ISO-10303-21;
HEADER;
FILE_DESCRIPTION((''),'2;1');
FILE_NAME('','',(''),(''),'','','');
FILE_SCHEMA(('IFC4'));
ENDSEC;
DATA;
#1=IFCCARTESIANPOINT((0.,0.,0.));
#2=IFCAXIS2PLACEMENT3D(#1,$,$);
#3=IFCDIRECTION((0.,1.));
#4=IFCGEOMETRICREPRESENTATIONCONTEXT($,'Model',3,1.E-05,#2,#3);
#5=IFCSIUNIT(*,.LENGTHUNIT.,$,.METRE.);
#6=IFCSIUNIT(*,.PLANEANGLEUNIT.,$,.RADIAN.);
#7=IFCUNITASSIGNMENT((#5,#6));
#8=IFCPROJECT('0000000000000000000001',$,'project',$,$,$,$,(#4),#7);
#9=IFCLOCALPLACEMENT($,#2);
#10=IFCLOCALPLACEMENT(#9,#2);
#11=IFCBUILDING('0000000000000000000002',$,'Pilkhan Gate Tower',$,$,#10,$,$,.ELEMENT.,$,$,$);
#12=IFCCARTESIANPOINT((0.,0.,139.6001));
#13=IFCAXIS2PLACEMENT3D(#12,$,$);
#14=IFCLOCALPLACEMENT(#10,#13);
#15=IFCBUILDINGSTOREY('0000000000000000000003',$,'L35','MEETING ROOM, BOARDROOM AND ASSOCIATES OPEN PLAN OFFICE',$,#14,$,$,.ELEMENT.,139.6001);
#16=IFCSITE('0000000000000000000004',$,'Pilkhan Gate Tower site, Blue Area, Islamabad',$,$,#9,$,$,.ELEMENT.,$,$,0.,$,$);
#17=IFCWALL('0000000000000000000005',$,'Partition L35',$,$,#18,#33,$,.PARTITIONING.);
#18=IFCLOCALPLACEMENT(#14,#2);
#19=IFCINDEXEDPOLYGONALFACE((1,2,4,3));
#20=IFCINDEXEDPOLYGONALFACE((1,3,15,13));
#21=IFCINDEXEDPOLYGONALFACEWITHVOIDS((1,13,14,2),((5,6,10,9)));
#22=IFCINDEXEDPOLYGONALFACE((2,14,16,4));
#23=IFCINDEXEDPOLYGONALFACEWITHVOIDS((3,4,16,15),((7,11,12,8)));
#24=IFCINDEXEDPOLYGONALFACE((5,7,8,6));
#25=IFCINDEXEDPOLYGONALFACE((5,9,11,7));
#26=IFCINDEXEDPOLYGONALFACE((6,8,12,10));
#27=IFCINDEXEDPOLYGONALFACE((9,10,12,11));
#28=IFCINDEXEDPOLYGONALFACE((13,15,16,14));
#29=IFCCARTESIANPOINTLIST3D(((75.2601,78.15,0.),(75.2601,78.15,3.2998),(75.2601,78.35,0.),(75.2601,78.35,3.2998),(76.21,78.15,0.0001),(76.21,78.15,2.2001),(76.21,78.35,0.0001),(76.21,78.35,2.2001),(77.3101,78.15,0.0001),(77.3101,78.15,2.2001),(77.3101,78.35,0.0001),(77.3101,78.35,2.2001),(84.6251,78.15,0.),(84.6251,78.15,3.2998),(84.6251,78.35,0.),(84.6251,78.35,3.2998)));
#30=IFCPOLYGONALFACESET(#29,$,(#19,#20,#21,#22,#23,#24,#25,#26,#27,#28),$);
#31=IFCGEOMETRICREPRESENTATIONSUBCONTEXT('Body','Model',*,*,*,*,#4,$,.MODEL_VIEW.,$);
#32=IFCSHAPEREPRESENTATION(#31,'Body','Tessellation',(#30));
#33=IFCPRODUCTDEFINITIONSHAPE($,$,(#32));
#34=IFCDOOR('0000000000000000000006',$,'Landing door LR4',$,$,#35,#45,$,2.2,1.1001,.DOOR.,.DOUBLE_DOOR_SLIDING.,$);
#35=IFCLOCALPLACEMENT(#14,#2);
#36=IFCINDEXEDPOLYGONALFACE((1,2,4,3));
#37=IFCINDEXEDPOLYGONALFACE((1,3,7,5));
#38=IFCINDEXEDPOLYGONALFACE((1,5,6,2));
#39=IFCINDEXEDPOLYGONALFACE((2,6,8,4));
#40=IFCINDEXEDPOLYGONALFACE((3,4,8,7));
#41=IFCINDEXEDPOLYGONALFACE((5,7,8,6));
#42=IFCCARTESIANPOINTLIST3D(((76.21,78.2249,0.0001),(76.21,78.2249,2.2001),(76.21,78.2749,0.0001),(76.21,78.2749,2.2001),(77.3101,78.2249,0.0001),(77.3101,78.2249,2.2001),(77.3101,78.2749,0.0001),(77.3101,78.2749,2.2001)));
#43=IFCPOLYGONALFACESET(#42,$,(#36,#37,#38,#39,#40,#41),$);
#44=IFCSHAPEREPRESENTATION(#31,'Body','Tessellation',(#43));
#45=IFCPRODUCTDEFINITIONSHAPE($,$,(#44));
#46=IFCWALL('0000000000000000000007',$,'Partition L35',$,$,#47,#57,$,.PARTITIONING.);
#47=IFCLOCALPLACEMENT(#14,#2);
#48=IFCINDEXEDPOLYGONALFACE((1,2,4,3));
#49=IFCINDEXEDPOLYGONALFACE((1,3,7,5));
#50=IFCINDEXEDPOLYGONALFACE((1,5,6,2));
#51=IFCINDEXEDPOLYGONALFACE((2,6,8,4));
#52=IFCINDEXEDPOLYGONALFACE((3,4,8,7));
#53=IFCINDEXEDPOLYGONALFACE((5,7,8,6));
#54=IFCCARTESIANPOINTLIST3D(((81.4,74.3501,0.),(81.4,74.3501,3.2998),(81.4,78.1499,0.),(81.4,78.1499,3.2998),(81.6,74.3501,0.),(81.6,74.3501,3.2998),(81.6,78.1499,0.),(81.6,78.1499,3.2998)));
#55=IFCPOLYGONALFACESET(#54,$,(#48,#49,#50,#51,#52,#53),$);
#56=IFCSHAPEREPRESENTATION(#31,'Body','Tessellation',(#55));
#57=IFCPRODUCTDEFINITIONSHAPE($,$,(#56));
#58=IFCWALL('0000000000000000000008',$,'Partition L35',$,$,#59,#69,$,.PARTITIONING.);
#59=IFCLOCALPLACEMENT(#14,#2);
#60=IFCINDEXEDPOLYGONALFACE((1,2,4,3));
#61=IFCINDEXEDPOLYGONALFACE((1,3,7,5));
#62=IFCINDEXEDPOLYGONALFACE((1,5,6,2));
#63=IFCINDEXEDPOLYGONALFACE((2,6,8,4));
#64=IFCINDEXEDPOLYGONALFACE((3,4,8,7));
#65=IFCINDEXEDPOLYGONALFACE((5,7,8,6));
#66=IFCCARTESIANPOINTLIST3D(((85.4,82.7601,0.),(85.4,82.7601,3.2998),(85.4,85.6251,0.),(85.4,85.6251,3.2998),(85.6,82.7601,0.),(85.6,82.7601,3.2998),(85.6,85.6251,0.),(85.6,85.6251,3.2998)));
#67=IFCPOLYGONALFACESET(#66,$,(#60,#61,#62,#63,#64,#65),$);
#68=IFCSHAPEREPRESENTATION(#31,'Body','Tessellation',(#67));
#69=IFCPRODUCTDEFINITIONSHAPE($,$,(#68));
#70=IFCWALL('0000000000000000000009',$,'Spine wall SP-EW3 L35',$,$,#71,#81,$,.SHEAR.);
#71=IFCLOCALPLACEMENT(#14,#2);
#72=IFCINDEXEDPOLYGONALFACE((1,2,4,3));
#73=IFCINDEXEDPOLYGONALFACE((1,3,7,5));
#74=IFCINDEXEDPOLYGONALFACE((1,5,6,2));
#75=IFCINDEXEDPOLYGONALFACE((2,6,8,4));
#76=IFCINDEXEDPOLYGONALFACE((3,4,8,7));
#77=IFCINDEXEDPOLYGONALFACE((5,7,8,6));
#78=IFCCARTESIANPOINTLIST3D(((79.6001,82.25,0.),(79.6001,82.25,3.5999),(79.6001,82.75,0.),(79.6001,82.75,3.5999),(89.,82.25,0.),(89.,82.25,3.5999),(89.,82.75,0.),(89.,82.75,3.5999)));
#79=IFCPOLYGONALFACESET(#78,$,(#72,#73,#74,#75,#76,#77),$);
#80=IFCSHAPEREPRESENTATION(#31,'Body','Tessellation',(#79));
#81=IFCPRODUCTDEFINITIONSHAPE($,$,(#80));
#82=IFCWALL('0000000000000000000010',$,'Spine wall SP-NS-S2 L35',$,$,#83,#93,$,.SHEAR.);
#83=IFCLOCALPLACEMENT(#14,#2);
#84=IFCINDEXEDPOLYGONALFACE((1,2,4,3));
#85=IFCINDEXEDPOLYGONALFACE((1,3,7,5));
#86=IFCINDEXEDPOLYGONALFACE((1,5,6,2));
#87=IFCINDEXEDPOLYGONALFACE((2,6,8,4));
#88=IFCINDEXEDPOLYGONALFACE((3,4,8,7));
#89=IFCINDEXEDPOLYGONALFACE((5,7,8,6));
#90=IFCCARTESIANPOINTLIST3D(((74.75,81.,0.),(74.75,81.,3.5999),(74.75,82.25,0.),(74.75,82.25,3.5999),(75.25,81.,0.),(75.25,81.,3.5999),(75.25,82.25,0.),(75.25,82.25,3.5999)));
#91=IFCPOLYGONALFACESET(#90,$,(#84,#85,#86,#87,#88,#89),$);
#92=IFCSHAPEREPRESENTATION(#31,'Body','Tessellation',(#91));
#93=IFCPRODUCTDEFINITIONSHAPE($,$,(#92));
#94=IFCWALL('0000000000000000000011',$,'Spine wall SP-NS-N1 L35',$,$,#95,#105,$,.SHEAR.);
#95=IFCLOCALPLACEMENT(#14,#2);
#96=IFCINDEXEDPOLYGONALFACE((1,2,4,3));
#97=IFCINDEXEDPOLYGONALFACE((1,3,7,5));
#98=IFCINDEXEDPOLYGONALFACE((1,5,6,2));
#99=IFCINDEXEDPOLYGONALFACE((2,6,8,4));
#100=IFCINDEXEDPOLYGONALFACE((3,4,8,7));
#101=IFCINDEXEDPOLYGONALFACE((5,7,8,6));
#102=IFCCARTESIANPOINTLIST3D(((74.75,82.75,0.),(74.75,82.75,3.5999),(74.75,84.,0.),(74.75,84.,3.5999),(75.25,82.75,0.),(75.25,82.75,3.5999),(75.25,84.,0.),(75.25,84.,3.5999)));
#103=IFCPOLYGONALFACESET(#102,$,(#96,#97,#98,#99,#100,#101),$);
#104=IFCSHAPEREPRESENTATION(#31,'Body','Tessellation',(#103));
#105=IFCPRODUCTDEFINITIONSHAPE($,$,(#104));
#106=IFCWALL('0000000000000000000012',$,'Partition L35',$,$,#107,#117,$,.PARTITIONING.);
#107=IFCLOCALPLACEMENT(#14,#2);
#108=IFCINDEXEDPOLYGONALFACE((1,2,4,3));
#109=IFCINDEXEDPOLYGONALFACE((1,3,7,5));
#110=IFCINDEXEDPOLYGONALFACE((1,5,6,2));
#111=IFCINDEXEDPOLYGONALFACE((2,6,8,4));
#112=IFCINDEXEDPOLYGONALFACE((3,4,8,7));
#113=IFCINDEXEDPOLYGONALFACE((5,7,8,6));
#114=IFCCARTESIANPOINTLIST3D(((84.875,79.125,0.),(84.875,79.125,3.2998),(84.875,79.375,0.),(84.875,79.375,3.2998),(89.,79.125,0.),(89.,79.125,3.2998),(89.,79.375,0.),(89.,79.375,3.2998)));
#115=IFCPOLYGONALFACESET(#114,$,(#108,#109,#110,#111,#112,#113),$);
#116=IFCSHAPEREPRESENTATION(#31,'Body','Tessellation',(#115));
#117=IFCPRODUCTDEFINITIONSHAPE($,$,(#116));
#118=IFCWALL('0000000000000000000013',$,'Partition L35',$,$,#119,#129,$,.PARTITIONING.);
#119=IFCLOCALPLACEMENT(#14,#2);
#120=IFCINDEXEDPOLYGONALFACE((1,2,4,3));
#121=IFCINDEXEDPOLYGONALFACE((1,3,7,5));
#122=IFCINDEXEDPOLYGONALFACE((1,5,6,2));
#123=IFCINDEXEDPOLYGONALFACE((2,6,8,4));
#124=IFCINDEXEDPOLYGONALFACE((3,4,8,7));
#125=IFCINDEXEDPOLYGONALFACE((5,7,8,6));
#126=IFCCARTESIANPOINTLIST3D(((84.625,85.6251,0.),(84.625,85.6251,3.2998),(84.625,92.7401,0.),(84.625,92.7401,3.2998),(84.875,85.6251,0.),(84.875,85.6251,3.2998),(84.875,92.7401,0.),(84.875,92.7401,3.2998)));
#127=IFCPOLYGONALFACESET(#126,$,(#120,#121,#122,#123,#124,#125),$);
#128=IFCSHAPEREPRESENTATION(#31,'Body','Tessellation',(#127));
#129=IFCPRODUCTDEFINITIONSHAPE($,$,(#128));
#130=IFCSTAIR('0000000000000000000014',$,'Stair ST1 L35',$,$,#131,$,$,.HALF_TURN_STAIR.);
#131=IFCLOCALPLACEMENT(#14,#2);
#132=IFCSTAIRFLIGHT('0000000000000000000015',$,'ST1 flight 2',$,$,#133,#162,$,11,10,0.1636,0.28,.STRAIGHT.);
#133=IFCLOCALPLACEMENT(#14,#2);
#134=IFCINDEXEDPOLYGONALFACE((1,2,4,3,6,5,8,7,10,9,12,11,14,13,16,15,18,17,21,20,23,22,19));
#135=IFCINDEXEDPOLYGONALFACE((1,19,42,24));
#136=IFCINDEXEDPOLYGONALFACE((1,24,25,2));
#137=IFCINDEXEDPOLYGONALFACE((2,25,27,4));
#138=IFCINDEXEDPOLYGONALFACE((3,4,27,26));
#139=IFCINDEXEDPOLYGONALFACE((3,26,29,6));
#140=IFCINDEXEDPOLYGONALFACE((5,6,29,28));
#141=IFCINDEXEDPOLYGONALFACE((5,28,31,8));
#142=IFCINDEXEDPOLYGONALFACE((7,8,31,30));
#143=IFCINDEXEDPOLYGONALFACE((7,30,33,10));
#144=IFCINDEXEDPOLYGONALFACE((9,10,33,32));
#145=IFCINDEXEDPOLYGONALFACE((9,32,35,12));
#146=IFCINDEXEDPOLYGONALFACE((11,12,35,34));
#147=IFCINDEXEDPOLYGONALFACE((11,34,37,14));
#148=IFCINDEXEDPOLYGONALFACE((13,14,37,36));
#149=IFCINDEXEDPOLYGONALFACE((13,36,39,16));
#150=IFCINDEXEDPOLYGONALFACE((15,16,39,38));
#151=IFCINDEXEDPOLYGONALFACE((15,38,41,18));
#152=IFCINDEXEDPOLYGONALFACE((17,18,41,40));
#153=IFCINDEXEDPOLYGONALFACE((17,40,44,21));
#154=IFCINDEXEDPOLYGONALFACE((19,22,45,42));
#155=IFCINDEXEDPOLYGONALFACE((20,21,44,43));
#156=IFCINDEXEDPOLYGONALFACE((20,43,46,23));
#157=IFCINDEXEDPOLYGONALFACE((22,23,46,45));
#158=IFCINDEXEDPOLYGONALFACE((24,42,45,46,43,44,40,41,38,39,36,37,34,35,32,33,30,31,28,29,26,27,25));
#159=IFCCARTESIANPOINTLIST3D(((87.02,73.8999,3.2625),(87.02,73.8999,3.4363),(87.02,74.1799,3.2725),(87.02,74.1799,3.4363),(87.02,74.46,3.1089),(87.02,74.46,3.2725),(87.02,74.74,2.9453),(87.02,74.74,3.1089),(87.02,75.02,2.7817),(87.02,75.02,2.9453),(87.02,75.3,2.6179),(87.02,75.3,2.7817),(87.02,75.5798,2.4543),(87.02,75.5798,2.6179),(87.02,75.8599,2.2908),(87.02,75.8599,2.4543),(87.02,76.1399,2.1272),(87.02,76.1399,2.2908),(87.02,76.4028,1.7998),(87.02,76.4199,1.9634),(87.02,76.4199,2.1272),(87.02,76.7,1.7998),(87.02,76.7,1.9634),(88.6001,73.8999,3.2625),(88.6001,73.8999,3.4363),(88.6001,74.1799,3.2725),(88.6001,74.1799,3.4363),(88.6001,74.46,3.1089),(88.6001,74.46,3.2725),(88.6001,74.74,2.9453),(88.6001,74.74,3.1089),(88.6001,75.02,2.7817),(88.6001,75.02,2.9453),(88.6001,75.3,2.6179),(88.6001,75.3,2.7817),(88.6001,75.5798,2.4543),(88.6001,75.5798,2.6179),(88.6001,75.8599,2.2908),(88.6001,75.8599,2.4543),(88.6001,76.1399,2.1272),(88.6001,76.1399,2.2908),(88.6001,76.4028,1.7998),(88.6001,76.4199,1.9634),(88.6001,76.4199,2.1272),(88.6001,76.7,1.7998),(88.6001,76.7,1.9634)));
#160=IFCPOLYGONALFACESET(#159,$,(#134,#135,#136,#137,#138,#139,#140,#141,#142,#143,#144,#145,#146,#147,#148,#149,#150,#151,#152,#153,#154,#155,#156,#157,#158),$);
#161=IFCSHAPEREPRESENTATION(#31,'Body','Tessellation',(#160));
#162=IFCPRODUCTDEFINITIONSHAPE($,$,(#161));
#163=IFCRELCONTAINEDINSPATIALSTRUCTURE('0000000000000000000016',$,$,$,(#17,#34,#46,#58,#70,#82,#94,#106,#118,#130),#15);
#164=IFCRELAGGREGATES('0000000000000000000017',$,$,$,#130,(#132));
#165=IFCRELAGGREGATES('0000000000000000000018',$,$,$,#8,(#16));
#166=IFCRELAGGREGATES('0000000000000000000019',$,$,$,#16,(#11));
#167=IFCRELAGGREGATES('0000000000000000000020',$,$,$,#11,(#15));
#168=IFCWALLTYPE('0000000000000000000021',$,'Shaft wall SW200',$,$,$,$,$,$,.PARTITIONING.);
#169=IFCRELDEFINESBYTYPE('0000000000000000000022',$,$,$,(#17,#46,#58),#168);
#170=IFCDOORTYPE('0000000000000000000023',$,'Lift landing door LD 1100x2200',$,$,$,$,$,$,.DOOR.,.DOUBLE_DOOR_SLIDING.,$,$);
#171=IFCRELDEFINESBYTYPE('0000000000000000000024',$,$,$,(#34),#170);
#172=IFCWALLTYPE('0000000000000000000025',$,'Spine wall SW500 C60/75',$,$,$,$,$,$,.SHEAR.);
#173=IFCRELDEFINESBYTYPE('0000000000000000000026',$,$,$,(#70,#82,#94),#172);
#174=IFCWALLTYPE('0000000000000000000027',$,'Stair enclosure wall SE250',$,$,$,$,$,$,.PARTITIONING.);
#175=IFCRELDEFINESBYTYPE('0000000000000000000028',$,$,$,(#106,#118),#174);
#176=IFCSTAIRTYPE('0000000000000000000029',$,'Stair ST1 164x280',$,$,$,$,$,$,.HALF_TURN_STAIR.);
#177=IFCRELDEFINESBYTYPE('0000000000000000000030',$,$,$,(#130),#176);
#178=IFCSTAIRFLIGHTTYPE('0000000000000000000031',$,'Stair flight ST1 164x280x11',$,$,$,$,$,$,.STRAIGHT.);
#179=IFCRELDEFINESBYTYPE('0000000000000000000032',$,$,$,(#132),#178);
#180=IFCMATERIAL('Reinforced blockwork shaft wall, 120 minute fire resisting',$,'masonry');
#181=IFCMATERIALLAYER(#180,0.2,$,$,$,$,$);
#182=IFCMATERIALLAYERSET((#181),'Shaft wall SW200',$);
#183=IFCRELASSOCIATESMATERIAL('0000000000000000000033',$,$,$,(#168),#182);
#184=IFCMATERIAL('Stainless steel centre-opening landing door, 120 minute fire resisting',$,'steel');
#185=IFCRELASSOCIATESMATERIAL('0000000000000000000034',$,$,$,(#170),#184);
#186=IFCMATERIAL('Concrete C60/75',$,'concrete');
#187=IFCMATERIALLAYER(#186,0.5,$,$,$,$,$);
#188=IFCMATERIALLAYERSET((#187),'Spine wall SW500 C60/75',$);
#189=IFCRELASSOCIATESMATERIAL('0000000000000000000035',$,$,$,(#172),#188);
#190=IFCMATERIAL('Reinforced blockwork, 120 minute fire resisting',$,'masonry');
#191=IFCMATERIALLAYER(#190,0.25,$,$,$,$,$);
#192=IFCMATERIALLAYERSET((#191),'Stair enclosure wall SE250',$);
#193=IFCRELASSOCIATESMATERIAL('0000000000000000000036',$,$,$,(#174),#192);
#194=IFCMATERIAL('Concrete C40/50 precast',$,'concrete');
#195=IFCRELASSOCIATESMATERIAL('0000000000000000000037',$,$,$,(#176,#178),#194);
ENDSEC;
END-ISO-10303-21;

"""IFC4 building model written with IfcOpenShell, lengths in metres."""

from ifc_helpers import new_model, si_unit, direction, frame, frame_2d, origin, place, context, subcontext, project, spatial, polyline, rectangle, outline, extrude, material, layer, layer_set, type_object, element, fill, aggregate, save


model = new_model("IFC4")

# Units and contexts
model_context = context("Model", 3, precision=1e-05, world=origin(), true_north=direction((0.0, 1.0)))
body_context = subcontext(model_context, "Body", "Model", "MODEL_VIEW")
ifc_project = project(units=[si_unit("LENGTHUNIT", "METRE"), si_unit("PLANEANGLEUNIT", "RADIAN")], contexts=[model_context])

# Site, building, storey
site_placement = place(None, origin())
site = spatial("IfcSite", under=ifc_project, at=site_placement, Name="Pilkhan Gate Tower site, Blue Area, Islamabad", CompositionType="ELEMENT", RefElevation=0.0)
building_placement = place(site_placement, origin())
building = spatial("IfcBuilding", under=site, at=building_placement, Name="Pilkhan Gate Tower", CompositionType="ELEMENT")
storey_placement = place(building_placement, frame((0.0, 0.0, 139.6001)))
storey = spatial("IfcBuildingStorey", under=building, at=storey_placement, Name="L35", Description="MEETING ROOM, BOARDROOM AND ASSOCIATES OPEN PLAN OFFICE", CompositionType="ELEMENT", Elevation=139.6001)

# Shared definitions
ifc_material_1 = material(Name="Concrete C60/75", Category="concrete")

# Wall, opening, door
ifc_material_2 = material(Name="Reinforced blockwork shaft wall, 120 minute fire resisting", Category="masonry")
ifc_layer_1 = layer(ifc_material_2, 0.2)
ifc_layer_set_1 = layer_set([ifc_layer_1], Name="Shaft wall SW200")
wall_type_1 = type_object("IfcWallType", Name="Shaft wall SW200", PredefinedType="PARTITIONING", material=ifc_layer_set_1)
wall_1_placement = place(storey_placement, frame((75.26, 78.25, 0.0), z_axis=(0.0, 0.0, 1.0), x_axis=(1.0, 0.0, 0.0)))
wall_1 = element("IfcWall", 1, at=wall_1_placement, inside=storey, type_object=wall_type_1, Name="Partition L35", PredefinedType="PARTITIONING", context=body_context, shape_type="SweptSolid", body=[
    extrude(rectangle(XDim=9.365, YDim=0.2, at=frame_2d((4.6826, 0.0))), origin(), (0.0, 0.0, 1.0), 3.2998),
])
opening_1_placement = place(wall_1_placement, frame((0.95, 0.0, 0.0)))
opening_1 = element("IfcOpeningElement", 2, at=opening_1_placement, cuts=wall_1, PredefinedType="OPENING", context=body_context, shape_type="SweptSolid", body=[
    extrude(rectangle(XDim=1.1001, YDim=2.2, at=frame_2d((0.55, 1.1001))), frame((0.0, 0.1099, 0.0), z_axis=(0.0, -1.0, 0.0), x_axis=(1.0, 0.0, 0.0)), (0.0, 0.0, 1.0), 0.22),
])
ifc_material_3 = material(Name="Stainless steel centre-opening landing door, 120 minute fire resisting", Category="steel")
door_type_1 = type_object("IfcDoorType", Name="Lift landing door LD 1100x2200", OperationType="DOUBLE_DOOR_SLIDING", PredefinedType="DOOR", material=ifc_material_3)
door_1_placement = place(opening_1_placement, origin())
door_1 = element("IfcDoor", 3, at=door_1_placement, inside=storey, type_object=door_type_1, Name="Landing door LR4", OperationType="DOUBLE_DOOR_SLIDING", OverallHeight=2.2, OverallWidth=1.1001, PredefinedType="DOOR", context=body_context, shape_type="SweptSolid", body=[
    extrude(rectangle(XDim=1.1001, YDim=2.2, at=frame_2d((0.55, 1.1001))), frame((0.0, 0.0249, 0.0), z_axis=(0.0, -1.0, 0.0), x_axis=(1.0, 0.0, 0.0)), (0.0, 0.0, 1.0), 0.05),
])
fill(opening_1, door_1)

# Walls
wall_2_placement = place(storey_placement, frame((81.5, 74.3501, 0.0), z_axis=(0.0, 0.0, 1.0), x_axis=(0.0, 1.0, 0.0)))
element("IfcWall", 4, at=wall_2_placement, inside=storey, type_object=wall_type_1, Name="Partition L35", PredefinedType="PARTITIONING", context=body_context, shape_type="SweptSolid", body=[
    extrude(rectangle(XDim=3.7998, YDim=0.2, at=frame_2d((1.8999, 0.0))), origin(), (0.0, 0.0, 1.0), 3.2998),
])
wall_3_placement = place(storey_placement, frame((85.5, 82.76, 0.0), z_axis=(0.0, 0.0, 1.0), x_axis=(0.0, 1.0, 0.0)))
element("IfcWall", 5, at=wall_3_placement, inside=storey, type_object=wall_type_1, Name="Partition L35", PredefinedType="PARTITIONING", context=body_context, shape_type="SweptSolid", body=[
    extrude(rectangle(XDim=2.865, YDim=0.2, at=frame_2d((1.4326, 0.0))), origin(), (0.0, 0.0, 1.0), 3.2998),
])
ifc_layer_2 = layer(ifc_material_1, 0.5)
ifc_layer_set_2 = layer_set([ifc_layer_2], Name="Spine wall SW500 C60/75")
wall_type_2 = type_object("IfcWallType", Name="Spine wall SW500 C60/75", PredefinedType="SHEAR", material=ifc_layer_set_2)
wall_4_placement = place(storey_placement, frame((79.6001, 82.5, 0.0), z_axis=(0.0, 0.0, 1.0), x_axis=(1.0, 0.0, 0.0)))
element("IfcWall", 6, at=wall_4_placement, inside=storey, type_object=wall_type_2, Name="Spine wall SP-EW3 L35", PredefinedType="SHEAR", context=body_context, shape_type="SweptSolid", body=[
    extrude(rectangle(XDim=9.3999, YDim=0.5, at=frame_2d((4.7, 0.0))), origin(), (0.0, 0.0, 1.0), 3.5999),
])
for number, where, z_axis, x_axis, name in (
    (7, (75.0, 81.0, 0.0), (0.0, 0.0, 1.0), (0.0, 1.0, 0.0), "Spine wall SP-NS-S2 L35"),
    (8, (75.0, 82.75, 0.0), (0.0, 0.0, 1.0), (0.0, 1.0, 0.0), "Spine wall SP-NS-N1 L35"),
):
    element("IfcWall", number, at=place(storey_placement, frame(where, z_axis=z_axis, x_axis=x_axis)), inside=storey, type_object=wall_type_2, Name=name, PredefinedType="SHEAR", context=body_context, shape_type="SweptSolid", body=[
        extrude(rectangle(XDim=1.25, YDim=0.5, at=frame_2d((0.625, 0.0))), origin(), (0.0, 0.0, 1.0), 3.5999),
    ])
ifc_material_4 = material(Name="Reinforced blockwork, 120 minute fire resisting", Category="masonry")
ifc_layer_3 = layer(ifc_material_4, 0.25)
ifc_layer_set_3 = layer_set([ifc_layer_3], Name="Stair enclosure wall SE250")
wall_type_3 = type_object("IfcWallType", Name="Stair enclosure wall SE250", PredefinedType="PARTITIONING", material=ifc_layer_set_3)
wall_5_placement = place(storey_placement, frame((84.875, 79.25, 0.0), z_axis=(0.0, 0.0, 1.0), x_axis=(1.0, 0.0, 0.0)))
element("IfcWall", 9, at=wall_5_placement, inside=storey, type_object=wall_type_3, Name="Partition L35", PredefinedType="PARTITIONING", context=body_context, shape_type="SweptSolid", body=[
    extrude(rectangle(XDim=4.125, YDim=0.25, at=frame_2d((2.0625, 0.0))), origin(), (0.0, 0.0, 1.0), 3.2998),
])
wall_6_placement = place(storey_placement, frame((84.75, 85.625, 0.0), z_axis=(0.0, 0.0, 1.0), x_axis=(0.0, 1.0, 0.0)))
element("IfcWall", 10, at=wall_6_placement, inside=storey, type_object=wall_type_3, Name="Partition L35", PredefinedType="PARTITIONING", context=body_context, shape_type="SweptSolid", body=[
    extrude(rectangle(XDim=7.115, YDim=0.25, at=frame_2d((3.5576, 0.0))), origin(), (0.0, 0.0, 1.0), 3.2998),
])

# Stair, stair flight
ifc_material_5 = material(Name="Concrete C40/50 precast", Category="concrete")
stair_type = type_object("IfcStairType", Name="Stair ST1 164x280", PredefinedType="HALF_TURN_STAIR", material=ifc_material_5)
stair_placement = place(storey_placement, origin())
stair = element("IfcStair", 11, at=stair_placement, inside=storey, type_object=stair_type, Name="Stair ST1 L35", PredefinedType="HALF_TURN_STAIR")
stair_flight_type = type_object("IfcStairFlightType", Name="Stair flight ST1 164x280x11", PredefinedType="STRAIGHT", material=ifc_material_5)
stair_flight_placement = place(storey_placement, frame((87.8101, 76.7, 1.7998), z_axis=(0.0, 0.0, 1.0), x_axis=(0.0, -1.0, 0.0)))
stair_flight = element("IfcStairFlight", 12, at=stair_flight_placement, type_object=stair_flight_type, Name="ST1 flight 2", NumberOfRisers=11, NumberOfTreads=10, PredefinedType="STRAIGHT", RiserHeight=0.1636, TreadLength=0.28, context=body_context, shape_type="SweptSolid", body=[
    extrude(outline(polyline([(0.0, 0.0), (0.0, 0.1636), (0.28, 0.1636), (0.28, 0.3274), (0.5601, 0.3274), (0.5601, 0.491), (0.8401, 0.491), (0.8401, 0.6545), (1.1201, 0.6545), (1.1201, 0.8181), (1.3999, 0.8181), (1.3999, 0.9819), (1.6799, 0.9819), (1.6799, 1.1455), (1.96, 1.1455), (1.96, 1.3091), (2.24, 1.3091), (2.24, 1.4727), (2.52, 1.4727), (2.52, 1.6365), (2.8, 1.6365), (2.8, 1.8), (2.8, 1.4626), (0.2971, 0.0), (0.0, 0.0)])), frame((0.0, 0.79, 0.0), z_axis=(0.0, -1.0, 0.0), x_axis=(1.0, 0.0, 0.0)), (0.0, 0.0, 1.0), 1.5801),
])
aggregate(stair, [stair_flight])

save(model, "model.ifc")
